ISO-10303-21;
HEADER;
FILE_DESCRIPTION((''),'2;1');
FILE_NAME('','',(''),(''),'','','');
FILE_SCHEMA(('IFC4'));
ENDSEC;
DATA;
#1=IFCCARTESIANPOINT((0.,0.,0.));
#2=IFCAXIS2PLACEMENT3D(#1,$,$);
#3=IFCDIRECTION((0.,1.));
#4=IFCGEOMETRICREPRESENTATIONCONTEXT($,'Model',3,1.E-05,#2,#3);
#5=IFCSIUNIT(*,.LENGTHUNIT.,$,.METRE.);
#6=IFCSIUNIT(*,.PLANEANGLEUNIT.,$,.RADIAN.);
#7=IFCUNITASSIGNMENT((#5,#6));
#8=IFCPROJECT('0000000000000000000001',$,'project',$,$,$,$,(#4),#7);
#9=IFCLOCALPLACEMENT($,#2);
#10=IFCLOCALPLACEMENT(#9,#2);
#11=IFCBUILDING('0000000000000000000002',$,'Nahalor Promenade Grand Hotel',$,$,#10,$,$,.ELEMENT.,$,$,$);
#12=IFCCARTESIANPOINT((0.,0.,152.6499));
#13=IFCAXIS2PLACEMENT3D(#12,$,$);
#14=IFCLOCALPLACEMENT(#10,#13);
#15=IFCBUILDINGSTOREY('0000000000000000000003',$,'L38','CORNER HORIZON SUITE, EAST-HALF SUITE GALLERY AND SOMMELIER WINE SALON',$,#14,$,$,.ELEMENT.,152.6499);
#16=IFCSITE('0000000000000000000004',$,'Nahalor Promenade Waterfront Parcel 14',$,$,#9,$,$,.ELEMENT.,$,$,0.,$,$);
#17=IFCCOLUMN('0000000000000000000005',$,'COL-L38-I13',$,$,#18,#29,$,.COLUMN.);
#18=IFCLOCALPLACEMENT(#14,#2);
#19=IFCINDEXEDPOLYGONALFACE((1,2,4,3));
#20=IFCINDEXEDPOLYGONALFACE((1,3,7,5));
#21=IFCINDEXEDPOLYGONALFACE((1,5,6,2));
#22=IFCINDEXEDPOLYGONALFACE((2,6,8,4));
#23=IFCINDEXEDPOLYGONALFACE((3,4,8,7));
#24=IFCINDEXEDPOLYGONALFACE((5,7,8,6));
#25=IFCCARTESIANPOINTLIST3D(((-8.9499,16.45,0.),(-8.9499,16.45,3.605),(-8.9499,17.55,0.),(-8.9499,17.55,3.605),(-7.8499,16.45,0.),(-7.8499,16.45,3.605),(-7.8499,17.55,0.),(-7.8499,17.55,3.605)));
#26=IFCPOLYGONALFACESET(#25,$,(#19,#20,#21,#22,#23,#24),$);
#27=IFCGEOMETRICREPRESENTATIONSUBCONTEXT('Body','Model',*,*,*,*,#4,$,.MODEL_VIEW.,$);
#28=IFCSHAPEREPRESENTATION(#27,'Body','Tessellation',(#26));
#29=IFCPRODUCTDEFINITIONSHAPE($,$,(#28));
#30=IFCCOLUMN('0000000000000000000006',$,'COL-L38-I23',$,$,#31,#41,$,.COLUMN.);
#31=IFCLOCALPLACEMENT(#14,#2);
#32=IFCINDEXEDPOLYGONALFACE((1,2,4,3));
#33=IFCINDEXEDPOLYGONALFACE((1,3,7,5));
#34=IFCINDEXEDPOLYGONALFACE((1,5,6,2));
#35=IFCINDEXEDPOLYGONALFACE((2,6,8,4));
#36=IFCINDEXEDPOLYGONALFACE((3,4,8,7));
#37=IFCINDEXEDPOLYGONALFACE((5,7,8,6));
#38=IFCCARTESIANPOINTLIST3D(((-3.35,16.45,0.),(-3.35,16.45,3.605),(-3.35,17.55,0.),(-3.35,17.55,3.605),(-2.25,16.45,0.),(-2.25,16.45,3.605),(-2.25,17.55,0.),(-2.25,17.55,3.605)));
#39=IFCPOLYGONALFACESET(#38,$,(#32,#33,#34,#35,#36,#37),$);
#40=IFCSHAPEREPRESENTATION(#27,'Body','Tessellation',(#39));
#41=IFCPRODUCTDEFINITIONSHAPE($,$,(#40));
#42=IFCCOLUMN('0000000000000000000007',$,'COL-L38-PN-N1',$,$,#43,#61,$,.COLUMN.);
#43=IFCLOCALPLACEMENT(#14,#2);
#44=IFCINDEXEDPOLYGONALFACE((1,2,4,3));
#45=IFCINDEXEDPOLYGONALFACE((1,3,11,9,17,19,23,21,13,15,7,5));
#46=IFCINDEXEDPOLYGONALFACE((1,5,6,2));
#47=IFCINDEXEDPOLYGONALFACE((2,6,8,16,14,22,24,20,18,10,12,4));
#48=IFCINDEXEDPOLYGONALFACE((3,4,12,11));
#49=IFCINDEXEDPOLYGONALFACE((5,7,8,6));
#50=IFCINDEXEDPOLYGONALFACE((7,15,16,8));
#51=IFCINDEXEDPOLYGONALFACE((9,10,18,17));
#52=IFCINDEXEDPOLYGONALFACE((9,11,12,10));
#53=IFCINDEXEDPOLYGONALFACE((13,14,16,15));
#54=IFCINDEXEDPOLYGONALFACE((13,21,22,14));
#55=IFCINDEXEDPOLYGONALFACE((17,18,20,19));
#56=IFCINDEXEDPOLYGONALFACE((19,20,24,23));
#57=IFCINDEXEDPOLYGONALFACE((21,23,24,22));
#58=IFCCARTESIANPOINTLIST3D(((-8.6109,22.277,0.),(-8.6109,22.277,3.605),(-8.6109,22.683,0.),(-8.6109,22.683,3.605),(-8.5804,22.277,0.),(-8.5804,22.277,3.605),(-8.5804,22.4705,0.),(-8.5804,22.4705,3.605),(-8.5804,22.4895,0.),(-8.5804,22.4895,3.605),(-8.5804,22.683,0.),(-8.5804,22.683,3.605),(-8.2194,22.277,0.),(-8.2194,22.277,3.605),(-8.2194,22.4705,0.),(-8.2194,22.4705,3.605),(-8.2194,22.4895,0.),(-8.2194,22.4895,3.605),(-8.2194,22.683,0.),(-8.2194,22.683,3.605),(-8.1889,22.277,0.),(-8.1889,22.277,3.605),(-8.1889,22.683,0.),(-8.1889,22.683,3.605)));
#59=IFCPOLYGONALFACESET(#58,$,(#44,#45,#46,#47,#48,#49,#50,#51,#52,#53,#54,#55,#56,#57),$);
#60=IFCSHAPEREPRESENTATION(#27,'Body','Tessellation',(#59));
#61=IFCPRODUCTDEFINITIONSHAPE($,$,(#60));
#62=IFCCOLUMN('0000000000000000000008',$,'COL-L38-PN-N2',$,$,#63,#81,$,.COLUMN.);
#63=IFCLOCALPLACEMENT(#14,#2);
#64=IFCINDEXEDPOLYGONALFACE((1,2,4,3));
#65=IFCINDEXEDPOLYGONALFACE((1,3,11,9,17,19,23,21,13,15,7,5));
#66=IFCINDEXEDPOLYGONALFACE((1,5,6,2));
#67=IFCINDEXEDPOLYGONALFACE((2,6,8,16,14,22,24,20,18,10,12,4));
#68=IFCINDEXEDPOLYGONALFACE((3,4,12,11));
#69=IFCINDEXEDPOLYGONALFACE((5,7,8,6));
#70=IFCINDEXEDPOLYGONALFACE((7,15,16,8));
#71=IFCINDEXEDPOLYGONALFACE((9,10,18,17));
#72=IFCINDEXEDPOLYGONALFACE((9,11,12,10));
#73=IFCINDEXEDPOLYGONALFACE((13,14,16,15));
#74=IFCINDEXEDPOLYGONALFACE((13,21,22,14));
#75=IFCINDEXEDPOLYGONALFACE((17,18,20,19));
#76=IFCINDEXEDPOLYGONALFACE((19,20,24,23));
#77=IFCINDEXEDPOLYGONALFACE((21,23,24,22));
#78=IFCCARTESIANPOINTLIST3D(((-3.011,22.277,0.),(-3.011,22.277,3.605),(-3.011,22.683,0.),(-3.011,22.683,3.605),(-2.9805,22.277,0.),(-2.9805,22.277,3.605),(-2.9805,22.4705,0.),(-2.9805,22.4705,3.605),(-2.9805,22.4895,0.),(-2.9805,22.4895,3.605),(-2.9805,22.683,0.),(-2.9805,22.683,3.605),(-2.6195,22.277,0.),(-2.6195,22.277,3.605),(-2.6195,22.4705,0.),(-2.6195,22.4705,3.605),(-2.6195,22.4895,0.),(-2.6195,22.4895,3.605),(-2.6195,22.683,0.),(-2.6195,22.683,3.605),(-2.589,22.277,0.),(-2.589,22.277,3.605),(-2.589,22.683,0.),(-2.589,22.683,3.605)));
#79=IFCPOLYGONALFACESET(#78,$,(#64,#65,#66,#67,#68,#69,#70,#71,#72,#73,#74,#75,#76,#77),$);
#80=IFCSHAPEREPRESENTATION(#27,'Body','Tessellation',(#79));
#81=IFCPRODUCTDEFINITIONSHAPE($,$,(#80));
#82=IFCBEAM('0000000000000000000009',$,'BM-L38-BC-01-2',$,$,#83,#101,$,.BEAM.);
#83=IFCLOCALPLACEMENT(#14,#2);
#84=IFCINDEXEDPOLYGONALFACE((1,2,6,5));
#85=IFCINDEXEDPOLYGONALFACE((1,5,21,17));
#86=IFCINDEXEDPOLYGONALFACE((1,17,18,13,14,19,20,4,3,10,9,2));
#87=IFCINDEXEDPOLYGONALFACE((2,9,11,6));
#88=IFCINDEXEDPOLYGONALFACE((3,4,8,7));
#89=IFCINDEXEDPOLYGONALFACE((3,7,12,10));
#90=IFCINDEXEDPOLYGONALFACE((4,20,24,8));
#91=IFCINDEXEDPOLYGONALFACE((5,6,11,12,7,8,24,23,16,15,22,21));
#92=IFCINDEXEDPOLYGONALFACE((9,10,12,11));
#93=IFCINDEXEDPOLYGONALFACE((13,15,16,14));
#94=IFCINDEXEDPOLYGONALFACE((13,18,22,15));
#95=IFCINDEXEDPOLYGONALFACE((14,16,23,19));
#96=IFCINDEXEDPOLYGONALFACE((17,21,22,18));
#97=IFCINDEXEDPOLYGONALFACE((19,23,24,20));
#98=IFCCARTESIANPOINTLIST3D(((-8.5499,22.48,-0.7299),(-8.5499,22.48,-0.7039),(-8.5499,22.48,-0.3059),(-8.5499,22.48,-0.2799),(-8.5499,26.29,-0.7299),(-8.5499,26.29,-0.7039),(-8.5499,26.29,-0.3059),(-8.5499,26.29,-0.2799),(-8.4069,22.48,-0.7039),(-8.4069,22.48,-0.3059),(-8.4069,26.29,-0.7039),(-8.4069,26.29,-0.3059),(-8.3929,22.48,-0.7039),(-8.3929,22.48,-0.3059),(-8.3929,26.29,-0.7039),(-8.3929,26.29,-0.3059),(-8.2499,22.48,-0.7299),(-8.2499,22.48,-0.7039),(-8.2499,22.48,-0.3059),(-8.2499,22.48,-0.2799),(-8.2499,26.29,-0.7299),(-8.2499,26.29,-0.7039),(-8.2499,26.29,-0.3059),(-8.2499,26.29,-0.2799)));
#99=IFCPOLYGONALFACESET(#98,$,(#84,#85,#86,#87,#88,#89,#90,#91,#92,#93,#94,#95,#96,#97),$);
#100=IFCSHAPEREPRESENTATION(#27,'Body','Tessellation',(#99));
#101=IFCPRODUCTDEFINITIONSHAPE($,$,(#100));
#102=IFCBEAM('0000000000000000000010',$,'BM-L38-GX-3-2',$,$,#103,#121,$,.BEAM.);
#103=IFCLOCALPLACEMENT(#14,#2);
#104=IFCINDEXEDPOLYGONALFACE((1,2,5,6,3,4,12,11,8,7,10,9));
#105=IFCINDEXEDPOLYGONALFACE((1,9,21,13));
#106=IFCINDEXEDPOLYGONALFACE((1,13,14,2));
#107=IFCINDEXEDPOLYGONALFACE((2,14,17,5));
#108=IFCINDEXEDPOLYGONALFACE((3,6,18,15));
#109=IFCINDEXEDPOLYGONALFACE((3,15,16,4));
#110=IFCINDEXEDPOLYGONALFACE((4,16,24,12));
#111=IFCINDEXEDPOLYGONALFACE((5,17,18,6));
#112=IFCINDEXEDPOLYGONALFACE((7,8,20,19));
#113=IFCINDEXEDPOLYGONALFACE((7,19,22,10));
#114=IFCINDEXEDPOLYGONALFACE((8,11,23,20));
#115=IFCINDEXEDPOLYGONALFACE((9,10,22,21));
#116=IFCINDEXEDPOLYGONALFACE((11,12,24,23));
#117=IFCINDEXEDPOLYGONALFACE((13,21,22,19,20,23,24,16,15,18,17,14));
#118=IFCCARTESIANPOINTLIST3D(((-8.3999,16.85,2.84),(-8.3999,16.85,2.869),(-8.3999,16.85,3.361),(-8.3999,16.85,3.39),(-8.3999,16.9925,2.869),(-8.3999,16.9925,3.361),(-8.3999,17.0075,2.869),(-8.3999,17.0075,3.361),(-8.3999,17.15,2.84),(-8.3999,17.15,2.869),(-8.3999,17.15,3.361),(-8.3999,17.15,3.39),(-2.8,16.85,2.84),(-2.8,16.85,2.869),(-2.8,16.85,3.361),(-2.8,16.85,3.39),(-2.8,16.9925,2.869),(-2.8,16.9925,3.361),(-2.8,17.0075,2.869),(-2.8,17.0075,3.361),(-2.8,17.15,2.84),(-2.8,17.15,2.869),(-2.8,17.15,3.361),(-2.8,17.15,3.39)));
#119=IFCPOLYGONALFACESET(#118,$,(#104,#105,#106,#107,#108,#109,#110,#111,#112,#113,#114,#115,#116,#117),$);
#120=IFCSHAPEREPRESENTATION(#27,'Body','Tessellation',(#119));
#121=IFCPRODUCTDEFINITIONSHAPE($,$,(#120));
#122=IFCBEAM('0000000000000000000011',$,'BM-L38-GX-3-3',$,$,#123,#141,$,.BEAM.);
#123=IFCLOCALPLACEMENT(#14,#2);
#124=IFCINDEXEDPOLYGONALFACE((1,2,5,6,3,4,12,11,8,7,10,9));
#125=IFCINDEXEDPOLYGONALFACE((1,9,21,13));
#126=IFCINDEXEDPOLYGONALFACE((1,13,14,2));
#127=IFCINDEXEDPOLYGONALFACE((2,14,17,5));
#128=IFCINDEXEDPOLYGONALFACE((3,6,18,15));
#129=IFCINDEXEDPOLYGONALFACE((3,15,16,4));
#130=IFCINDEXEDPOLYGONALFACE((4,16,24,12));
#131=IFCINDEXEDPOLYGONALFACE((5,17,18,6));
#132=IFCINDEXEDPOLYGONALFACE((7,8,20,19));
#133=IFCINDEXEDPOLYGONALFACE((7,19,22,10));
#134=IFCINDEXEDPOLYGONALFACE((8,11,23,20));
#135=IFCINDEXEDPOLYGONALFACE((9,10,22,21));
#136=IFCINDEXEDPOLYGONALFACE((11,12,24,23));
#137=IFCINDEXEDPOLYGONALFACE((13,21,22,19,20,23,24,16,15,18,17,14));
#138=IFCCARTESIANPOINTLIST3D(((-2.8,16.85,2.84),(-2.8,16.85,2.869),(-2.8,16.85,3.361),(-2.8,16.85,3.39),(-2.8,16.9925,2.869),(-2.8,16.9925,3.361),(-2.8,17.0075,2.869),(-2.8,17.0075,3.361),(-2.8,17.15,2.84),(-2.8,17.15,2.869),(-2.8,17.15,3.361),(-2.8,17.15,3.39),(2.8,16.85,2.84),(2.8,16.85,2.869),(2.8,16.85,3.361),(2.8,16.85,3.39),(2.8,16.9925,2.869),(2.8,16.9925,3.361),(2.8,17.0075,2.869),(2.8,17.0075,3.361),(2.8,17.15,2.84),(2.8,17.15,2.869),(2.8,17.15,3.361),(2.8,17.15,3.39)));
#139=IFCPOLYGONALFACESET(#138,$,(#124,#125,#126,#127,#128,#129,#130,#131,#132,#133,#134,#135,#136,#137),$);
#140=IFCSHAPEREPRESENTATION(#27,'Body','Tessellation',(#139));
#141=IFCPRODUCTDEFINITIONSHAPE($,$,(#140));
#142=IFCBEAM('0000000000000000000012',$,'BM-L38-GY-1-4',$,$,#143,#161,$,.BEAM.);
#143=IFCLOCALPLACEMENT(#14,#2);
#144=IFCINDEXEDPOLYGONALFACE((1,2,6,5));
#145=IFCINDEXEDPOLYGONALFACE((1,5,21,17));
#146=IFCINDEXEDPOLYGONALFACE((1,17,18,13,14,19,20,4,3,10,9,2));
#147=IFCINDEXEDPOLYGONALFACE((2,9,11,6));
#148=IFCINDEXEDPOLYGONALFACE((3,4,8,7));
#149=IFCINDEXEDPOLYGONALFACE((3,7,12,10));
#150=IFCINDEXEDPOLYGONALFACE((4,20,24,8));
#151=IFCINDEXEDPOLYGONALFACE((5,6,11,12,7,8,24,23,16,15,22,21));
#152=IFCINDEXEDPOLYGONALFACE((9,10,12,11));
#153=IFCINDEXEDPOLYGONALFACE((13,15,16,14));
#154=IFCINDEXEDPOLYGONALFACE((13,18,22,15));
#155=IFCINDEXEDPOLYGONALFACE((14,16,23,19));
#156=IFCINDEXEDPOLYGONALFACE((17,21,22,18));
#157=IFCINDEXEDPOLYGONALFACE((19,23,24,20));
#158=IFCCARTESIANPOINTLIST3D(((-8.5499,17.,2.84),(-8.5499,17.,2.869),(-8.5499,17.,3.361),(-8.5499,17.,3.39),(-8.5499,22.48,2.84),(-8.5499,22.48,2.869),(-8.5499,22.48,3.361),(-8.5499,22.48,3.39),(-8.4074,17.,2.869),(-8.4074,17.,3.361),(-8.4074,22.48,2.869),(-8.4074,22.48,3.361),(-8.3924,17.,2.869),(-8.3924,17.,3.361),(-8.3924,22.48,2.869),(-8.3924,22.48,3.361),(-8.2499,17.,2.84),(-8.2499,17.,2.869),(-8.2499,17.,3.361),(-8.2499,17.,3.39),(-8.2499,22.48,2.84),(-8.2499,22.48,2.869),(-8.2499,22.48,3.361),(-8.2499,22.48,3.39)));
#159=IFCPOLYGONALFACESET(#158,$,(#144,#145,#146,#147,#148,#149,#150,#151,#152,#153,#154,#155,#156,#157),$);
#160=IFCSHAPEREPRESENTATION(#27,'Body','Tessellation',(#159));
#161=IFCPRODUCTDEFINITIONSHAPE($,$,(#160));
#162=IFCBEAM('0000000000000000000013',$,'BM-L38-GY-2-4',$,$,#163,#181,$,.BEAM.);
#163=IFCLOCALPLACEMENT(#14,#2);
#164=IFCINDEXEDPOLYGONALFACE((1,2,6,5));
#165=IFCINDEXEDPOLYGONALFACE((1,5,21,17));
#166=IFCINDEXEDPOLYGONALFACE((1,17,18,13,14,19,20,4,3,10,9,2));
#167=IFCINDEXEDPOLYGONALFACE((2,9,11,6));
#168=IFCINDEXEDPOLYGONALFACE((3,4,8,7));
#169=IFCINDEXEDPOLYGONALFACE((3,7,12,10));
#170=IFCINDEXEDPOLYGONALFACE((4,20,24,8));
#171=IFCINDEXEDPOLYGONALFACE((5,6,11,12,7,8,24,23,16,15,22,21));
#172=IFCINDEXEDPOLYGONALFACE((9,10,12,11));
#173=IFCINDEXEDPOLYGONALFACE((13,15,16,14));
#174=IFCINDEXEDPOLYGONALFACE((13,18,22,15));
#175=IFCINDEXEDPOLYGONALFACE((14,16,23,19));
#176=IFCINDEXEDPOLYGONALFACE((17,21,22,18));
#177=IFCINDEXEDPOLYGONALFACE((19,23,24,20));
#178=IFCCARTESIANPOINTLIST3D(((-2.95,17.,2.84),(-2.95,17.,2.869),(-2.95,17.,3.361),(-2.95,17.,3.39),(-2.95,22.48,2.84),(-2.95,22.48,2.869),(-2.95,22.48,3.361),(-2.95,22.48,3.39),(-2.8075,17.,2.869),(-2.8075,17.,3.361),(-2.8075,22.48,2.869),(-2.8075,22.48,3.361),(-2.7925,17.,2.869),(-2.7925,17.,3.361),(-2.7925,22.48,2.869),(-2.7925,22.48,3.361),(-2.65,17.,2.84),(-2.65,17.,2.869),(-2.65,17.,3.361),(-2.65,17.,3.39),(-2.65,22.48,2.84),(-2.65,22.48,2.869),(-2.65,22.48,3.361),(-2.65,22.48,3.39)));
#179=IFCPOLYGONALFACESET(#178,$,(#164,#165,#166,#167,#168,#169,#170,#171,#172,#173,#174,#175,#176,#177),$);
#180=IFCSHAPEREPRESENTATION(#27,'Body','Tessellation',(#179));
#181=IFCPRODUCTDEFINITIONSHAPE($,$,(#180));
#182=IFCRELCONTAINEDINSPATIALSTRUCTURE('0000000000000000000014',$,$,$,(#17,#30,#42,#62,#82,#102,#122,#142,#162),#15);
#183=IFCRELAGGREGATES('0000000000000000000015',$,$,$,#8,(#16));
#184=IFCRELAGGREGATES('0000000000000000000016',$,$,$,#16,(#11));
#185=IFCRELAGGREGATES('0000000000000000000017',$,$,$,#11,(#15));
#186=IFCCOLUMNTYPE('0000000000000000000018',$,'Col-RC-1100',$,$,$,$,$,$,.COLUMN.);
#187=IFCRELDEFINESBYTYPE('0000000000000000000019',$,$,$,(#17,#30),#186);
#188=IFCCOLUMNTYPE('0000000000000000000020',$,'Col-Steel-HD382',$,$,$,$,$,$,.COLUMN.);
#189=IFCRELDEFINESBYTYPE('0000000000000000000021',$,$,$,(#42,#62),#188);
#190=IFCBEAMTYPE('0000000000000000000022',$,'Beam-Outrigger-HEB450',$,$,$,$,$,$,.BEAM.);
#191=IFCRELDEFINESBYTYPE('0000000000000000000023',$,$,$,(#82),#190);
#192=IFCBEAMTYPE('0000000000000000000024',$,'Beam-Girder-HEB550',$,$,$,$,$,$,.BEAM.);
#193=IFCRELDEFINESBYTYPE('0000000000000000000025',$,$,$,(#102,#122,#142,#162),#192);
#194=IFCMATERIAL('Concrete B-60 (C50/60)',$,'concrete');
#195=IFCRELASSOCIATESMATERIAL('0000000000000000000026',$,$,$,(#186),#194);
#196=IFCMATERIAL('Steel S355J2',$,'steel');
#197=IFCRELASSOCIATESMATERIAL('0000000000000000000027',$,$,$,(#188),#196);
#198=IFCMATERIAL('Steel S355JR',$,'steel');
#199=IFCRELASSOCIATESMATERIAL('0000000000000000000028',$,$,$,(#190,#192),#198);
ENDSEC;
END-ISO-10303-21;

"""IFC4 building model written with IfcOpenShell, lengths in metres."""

from ifc_helpers import new_model, si_unit, direction, frame, origin, origin_2d, place, context, subcontext, project, spatial, rectangle, i_section, extrude, source, transform, mapped, material, material_profile, profile_set, type_object, element, save


model = new_model("IFC4")

# Units and contexts
model_context = context("Model", 3, precision=1e-05, world=origin(), true_north=direction((0.0, 1.0)))
body_context = subcontext(model_context, "Body", "Model", "MODEL_VIEW")
ifc_project = project(units=[si_unit("LENGTHUNIT", "METRE"), si_unit("PLANEANGLEUNIT", "RADIAN")], contexts=[model_context])

# Site, building, storey
site_placement = place(None, origin())
site = spatial("IfcSite", under=ifc_project, at=site_placement, Name="Nahalor Promenade Waterfront Parcel 14", CompositionType="ELEMENT", RefElevation=0.0)
building_placement = place(site_placement, origin())
building = spatial("IfcBuilding", under=site, at=building_placement, Name="Nahalor Promenade Grand Hotel", CompositionType="ELEMENT")
storey_placement = place(building_placement, frame((0.0, 0.0, 152.6499)))
storey = spatial("IfcBuildingStorey", under=building, at=storey_placement, Name="L38", Description="CORNER HORIZON SUITE, EAST-HALF SUITE GALLERY AND SOMMELIER WINE SALON", CompositionType="ELEMENT", Elevation=152.6499)

# Columns
ifc_material_1 = material(Name="Concrete B-60 (C50/60)", Category="concrete")
ifc_material_profile_1 = material_profile(ifc_material_1, rectangle(XDim=1.1, YDim=1.1, at=origin_2d()), Name="RC 1100x1100")
ifc_profile_set_1 = profile_set([ifc_material_profile_1], Name="Concrete B-60 (C50/60)")
column_type_1 = type_object("IfcColumnType", Name="Col-RC-1100", PredefinedType="COLUMN", material=ifc_profile_set_1)
shared_shape_1 = source(origin(), body_context, "Body", "SweptSolid", [
    extrude(rectangle(XDim=1.1, YDim=1.1, at=origin_2d()), origin(), (0.0, 0.0, 1.0), 3.605),
])
for number, where, z_axis, x_axis, name in (
    (1, (-8.3999, 17.0, 0.0), (0.0, 0.0, 1.0), (1.0, 0.0, 0.0), "COL-L38-I13"),
    (2, (-2.8, 17.0, 0.0), (0.0, 0.0, 1.0), (1.0, 0.0, 0.0), "COL-L38-I23"),
):
    element("IfcColumn", number, at=place(storey_placement, frame(where, z_axis=z_axis, x_axis=x_axis)), inside=storey, type_object=column_type_1, Name=name, PredefinedType="COLUMN", context=body_context, shape_type="MappedRepresentation", body=[
        mapped(shared_shape_1, transform((0.0, 0.0, 0.0), scale=1.0)),
    ])
ifc_material_2 = material(Name="Steel S355J2", Category="steel")
ifc_material_profile_2 = material_profile(ifc_material_2, i_section(OverallWidth=0.406, OverallDepth=0.422, WebThickness=0.019, FlangeThickness=0.0305, at=origin_2d()), Name="HD 400x382")
ifc_profile_set_2 = profile_set([ifc_material_profile_2], Name="Steel S355J2")
column_type_2 = type_object("IfcColumnType", Name="Col-Steel-HD382", PredefinedType="COLUMN", material=ifc_profile_set_2)
shared_shape_2 = source(origin(), body_context, "Body", "SweptSolid", [
    extrude(i_section(OverallWidth=0.406, OverallDepth=0.422, WebThickness=0.019, FlangeThickness=0.0305, at=origin_2d()), origin(), (0.0, 0.0, 1.0), 3.605),
])
for number, where, z_axis, x_axis, name in (
    (3, (-8.3999, 22.48, 0.0), (0.0, 0.0, 1.0), (0.0, 1.0, 0.0), "COL-L38-PN-N1"),
    (4, (-2.8, 22.48, 0.0), (0.0, 0.0, 1.0), (0.0, 1.0, 0.0), "COL-L38-PN-N2"),
):
    element("IfcColumn", number, at=place(storey_placement, frame(where, z_axis=z_axis, x_axis=x_axis)), inside=storey, type_object=column_type_2, Name=name, PredefinedType="COLUMN", context=body_context, shape_type="MappedRepresentation", body=[
        mapped(shared_shape_2, transform((0.0, 0.0, 0.0), scale=1.0)),
    ])

# Beams
ifc_material_3 = material(Name="Steel S355JR", Category="steel")
ifc_material_profile_3 = material_profile(ifc_material_3, i_section(OverallWidth=0.3, OverallDepth=0.45, WebThickness=0.014, FlangeThickness=0.026, at=origin_2d()), Name="HEB 450")
ifc_profile_set_3 = profile_set([ifc_material_profile_3], Name="Steel S355JR")
beam_type_1 = type_object("IfcBeamType", Name="Beam-Outrigger-HEB450", PredefinedType="BEAM", material=ifc_profile_set_3)
shared_shape_3 = source(origin(), body_context, "Body", "SweptSolid", [
    extrude(i_section(OverallWidth=0.3, OverallDepth=0.45, WebThickness=0.014, FlangeThickness=0.026, at=origin_2d()), origin(), (0.0, 0.0, 1.0), 3.8101),
])
beam_1_placement = place(storey_placement, frame((-8.3999, 22.48, -0.5049), z_axis=(0.0, 1.0, 0.0), x_axis=(-1.0, 0.0, 0.0)))
element("IfcBeam", 5, at=beam_1_placement, inside=storey, type_object=beam_type_1, Name="BM-L38-BC-01-2", PredefinedType="BEAM", context=body_context, shape_type="MappedRepresentation", body=[
    mapped(shared_shape_3, transform((0.0, 0.0, 0.0), scale=1.0)),
])
ifc_material_profile_4 = material_profile(ifc_material_3, i_section(OverallWidth=0.3, OverallDepth=0.55, WebThickness=0.015, FlangeThickness=0.029, at=origin_2d()), Name="HEB 550")
ifc_profile_set_4 = profile_set([ifc_material_profile_4], Name="Steel S355JR")
beam_type_2 = type_object("IfcBeamType", Name="Beam-Girder-HEB550", PredefinedType="BEAM", material=ifc_profile_set_4)
shared_shape_4 = source(origin(), body_context, "Body", "SweptSolid", [
    extrude(i_section(OverallWidth=0.3, OverallDepth=0.55, WebThickness=0.015, FlangeThickness=0.029, at=origin_2d()), origin(), (0.0, 0.0, 1.0), 5.5999),
])
beam_2_placement = place(storey_placement, frame((-8.3999, 17.0, 3.115), z_axis=(1.0, 0.0, 0.0), x_axis=(0.0, 1.0, 0.0)))
element("IfcBeam", 6, at=beam_2_placement, inside=storey, type_object=beam_type_2, Name="BM-L38-GX-3-2", PredefinedType="BEAM", context=body_context, shape_type="MappedRepresentation", body=[
    mapped(shared_shape_4, transform((0.0, 0.0, 0.0), scale=1.0)),
])
shared_shape_5 = source(origin(), body_context, "Body", "SweptSolid", [
    extrude(i_section(OverallWidth=0.3, OverallDepth=0.55, WebThickness=0.015, FlangeThickness=0.029, at=origin_2d()), origin(), (0.0, 0.0, 1.0), 5.6001),
])
beam_3_placement = place(storey_placement, frame((-2.8, 17.0, 3.115), z_axis=(1.0, 0.0, 0.0), x_axis=(0.0, 1.0, 0.0)))
element("IfcBeam", 7, at=beam_3_placement, inside=storey, type_object=beam_type_2, Name="BM-L38-GX-3-3", PredefinedType="BEAM", context=body_context, shape_type="MappedRepresentation", body=[
    mapped(shared_shape_5, transform((0.0, 0.0, 0.0), scale=1.0)),
])
shared_shape_6 = source(origin(), body_context, "Body", "SweptSolid", [
    extrude(i_section(OverallWidth=0.3, OverallDepth=0.55, WebThickness=0.015, FlangeThickness=0.029, at=origin_2d()), origin(), (0.0, 0.0, 1.0), 5.48),
])
for number, where, z_axis, x_axis, name in (
    (8, (-8.3999, 17.0, 3.115), (0.0, 1.0, 0.0), (-1.0, 0.0, 0.0), "BM-L38-GY-1-4"),
    (9, (-2.8, 17.0, 3.115), (0.0, 1.0, 0.0), (-1.0, 0.0, 0.0), "BM-L38-GY-2-4"),
):
    element("IfcBeam", number, at=place(storey_placement, frame(where, z_axis=z_axis, x_axis=x_axis)), inside=storey, type_object=beam_type_2, Name=name, PredefinedType="BEAM", context=body_context, shape_type="MappedRepresentation", body=[
        mapped(shared_shape_6, transform((0.0, 0.0, 0.0), scale=1.0)),
    ])

save(model, "model.ifc")
